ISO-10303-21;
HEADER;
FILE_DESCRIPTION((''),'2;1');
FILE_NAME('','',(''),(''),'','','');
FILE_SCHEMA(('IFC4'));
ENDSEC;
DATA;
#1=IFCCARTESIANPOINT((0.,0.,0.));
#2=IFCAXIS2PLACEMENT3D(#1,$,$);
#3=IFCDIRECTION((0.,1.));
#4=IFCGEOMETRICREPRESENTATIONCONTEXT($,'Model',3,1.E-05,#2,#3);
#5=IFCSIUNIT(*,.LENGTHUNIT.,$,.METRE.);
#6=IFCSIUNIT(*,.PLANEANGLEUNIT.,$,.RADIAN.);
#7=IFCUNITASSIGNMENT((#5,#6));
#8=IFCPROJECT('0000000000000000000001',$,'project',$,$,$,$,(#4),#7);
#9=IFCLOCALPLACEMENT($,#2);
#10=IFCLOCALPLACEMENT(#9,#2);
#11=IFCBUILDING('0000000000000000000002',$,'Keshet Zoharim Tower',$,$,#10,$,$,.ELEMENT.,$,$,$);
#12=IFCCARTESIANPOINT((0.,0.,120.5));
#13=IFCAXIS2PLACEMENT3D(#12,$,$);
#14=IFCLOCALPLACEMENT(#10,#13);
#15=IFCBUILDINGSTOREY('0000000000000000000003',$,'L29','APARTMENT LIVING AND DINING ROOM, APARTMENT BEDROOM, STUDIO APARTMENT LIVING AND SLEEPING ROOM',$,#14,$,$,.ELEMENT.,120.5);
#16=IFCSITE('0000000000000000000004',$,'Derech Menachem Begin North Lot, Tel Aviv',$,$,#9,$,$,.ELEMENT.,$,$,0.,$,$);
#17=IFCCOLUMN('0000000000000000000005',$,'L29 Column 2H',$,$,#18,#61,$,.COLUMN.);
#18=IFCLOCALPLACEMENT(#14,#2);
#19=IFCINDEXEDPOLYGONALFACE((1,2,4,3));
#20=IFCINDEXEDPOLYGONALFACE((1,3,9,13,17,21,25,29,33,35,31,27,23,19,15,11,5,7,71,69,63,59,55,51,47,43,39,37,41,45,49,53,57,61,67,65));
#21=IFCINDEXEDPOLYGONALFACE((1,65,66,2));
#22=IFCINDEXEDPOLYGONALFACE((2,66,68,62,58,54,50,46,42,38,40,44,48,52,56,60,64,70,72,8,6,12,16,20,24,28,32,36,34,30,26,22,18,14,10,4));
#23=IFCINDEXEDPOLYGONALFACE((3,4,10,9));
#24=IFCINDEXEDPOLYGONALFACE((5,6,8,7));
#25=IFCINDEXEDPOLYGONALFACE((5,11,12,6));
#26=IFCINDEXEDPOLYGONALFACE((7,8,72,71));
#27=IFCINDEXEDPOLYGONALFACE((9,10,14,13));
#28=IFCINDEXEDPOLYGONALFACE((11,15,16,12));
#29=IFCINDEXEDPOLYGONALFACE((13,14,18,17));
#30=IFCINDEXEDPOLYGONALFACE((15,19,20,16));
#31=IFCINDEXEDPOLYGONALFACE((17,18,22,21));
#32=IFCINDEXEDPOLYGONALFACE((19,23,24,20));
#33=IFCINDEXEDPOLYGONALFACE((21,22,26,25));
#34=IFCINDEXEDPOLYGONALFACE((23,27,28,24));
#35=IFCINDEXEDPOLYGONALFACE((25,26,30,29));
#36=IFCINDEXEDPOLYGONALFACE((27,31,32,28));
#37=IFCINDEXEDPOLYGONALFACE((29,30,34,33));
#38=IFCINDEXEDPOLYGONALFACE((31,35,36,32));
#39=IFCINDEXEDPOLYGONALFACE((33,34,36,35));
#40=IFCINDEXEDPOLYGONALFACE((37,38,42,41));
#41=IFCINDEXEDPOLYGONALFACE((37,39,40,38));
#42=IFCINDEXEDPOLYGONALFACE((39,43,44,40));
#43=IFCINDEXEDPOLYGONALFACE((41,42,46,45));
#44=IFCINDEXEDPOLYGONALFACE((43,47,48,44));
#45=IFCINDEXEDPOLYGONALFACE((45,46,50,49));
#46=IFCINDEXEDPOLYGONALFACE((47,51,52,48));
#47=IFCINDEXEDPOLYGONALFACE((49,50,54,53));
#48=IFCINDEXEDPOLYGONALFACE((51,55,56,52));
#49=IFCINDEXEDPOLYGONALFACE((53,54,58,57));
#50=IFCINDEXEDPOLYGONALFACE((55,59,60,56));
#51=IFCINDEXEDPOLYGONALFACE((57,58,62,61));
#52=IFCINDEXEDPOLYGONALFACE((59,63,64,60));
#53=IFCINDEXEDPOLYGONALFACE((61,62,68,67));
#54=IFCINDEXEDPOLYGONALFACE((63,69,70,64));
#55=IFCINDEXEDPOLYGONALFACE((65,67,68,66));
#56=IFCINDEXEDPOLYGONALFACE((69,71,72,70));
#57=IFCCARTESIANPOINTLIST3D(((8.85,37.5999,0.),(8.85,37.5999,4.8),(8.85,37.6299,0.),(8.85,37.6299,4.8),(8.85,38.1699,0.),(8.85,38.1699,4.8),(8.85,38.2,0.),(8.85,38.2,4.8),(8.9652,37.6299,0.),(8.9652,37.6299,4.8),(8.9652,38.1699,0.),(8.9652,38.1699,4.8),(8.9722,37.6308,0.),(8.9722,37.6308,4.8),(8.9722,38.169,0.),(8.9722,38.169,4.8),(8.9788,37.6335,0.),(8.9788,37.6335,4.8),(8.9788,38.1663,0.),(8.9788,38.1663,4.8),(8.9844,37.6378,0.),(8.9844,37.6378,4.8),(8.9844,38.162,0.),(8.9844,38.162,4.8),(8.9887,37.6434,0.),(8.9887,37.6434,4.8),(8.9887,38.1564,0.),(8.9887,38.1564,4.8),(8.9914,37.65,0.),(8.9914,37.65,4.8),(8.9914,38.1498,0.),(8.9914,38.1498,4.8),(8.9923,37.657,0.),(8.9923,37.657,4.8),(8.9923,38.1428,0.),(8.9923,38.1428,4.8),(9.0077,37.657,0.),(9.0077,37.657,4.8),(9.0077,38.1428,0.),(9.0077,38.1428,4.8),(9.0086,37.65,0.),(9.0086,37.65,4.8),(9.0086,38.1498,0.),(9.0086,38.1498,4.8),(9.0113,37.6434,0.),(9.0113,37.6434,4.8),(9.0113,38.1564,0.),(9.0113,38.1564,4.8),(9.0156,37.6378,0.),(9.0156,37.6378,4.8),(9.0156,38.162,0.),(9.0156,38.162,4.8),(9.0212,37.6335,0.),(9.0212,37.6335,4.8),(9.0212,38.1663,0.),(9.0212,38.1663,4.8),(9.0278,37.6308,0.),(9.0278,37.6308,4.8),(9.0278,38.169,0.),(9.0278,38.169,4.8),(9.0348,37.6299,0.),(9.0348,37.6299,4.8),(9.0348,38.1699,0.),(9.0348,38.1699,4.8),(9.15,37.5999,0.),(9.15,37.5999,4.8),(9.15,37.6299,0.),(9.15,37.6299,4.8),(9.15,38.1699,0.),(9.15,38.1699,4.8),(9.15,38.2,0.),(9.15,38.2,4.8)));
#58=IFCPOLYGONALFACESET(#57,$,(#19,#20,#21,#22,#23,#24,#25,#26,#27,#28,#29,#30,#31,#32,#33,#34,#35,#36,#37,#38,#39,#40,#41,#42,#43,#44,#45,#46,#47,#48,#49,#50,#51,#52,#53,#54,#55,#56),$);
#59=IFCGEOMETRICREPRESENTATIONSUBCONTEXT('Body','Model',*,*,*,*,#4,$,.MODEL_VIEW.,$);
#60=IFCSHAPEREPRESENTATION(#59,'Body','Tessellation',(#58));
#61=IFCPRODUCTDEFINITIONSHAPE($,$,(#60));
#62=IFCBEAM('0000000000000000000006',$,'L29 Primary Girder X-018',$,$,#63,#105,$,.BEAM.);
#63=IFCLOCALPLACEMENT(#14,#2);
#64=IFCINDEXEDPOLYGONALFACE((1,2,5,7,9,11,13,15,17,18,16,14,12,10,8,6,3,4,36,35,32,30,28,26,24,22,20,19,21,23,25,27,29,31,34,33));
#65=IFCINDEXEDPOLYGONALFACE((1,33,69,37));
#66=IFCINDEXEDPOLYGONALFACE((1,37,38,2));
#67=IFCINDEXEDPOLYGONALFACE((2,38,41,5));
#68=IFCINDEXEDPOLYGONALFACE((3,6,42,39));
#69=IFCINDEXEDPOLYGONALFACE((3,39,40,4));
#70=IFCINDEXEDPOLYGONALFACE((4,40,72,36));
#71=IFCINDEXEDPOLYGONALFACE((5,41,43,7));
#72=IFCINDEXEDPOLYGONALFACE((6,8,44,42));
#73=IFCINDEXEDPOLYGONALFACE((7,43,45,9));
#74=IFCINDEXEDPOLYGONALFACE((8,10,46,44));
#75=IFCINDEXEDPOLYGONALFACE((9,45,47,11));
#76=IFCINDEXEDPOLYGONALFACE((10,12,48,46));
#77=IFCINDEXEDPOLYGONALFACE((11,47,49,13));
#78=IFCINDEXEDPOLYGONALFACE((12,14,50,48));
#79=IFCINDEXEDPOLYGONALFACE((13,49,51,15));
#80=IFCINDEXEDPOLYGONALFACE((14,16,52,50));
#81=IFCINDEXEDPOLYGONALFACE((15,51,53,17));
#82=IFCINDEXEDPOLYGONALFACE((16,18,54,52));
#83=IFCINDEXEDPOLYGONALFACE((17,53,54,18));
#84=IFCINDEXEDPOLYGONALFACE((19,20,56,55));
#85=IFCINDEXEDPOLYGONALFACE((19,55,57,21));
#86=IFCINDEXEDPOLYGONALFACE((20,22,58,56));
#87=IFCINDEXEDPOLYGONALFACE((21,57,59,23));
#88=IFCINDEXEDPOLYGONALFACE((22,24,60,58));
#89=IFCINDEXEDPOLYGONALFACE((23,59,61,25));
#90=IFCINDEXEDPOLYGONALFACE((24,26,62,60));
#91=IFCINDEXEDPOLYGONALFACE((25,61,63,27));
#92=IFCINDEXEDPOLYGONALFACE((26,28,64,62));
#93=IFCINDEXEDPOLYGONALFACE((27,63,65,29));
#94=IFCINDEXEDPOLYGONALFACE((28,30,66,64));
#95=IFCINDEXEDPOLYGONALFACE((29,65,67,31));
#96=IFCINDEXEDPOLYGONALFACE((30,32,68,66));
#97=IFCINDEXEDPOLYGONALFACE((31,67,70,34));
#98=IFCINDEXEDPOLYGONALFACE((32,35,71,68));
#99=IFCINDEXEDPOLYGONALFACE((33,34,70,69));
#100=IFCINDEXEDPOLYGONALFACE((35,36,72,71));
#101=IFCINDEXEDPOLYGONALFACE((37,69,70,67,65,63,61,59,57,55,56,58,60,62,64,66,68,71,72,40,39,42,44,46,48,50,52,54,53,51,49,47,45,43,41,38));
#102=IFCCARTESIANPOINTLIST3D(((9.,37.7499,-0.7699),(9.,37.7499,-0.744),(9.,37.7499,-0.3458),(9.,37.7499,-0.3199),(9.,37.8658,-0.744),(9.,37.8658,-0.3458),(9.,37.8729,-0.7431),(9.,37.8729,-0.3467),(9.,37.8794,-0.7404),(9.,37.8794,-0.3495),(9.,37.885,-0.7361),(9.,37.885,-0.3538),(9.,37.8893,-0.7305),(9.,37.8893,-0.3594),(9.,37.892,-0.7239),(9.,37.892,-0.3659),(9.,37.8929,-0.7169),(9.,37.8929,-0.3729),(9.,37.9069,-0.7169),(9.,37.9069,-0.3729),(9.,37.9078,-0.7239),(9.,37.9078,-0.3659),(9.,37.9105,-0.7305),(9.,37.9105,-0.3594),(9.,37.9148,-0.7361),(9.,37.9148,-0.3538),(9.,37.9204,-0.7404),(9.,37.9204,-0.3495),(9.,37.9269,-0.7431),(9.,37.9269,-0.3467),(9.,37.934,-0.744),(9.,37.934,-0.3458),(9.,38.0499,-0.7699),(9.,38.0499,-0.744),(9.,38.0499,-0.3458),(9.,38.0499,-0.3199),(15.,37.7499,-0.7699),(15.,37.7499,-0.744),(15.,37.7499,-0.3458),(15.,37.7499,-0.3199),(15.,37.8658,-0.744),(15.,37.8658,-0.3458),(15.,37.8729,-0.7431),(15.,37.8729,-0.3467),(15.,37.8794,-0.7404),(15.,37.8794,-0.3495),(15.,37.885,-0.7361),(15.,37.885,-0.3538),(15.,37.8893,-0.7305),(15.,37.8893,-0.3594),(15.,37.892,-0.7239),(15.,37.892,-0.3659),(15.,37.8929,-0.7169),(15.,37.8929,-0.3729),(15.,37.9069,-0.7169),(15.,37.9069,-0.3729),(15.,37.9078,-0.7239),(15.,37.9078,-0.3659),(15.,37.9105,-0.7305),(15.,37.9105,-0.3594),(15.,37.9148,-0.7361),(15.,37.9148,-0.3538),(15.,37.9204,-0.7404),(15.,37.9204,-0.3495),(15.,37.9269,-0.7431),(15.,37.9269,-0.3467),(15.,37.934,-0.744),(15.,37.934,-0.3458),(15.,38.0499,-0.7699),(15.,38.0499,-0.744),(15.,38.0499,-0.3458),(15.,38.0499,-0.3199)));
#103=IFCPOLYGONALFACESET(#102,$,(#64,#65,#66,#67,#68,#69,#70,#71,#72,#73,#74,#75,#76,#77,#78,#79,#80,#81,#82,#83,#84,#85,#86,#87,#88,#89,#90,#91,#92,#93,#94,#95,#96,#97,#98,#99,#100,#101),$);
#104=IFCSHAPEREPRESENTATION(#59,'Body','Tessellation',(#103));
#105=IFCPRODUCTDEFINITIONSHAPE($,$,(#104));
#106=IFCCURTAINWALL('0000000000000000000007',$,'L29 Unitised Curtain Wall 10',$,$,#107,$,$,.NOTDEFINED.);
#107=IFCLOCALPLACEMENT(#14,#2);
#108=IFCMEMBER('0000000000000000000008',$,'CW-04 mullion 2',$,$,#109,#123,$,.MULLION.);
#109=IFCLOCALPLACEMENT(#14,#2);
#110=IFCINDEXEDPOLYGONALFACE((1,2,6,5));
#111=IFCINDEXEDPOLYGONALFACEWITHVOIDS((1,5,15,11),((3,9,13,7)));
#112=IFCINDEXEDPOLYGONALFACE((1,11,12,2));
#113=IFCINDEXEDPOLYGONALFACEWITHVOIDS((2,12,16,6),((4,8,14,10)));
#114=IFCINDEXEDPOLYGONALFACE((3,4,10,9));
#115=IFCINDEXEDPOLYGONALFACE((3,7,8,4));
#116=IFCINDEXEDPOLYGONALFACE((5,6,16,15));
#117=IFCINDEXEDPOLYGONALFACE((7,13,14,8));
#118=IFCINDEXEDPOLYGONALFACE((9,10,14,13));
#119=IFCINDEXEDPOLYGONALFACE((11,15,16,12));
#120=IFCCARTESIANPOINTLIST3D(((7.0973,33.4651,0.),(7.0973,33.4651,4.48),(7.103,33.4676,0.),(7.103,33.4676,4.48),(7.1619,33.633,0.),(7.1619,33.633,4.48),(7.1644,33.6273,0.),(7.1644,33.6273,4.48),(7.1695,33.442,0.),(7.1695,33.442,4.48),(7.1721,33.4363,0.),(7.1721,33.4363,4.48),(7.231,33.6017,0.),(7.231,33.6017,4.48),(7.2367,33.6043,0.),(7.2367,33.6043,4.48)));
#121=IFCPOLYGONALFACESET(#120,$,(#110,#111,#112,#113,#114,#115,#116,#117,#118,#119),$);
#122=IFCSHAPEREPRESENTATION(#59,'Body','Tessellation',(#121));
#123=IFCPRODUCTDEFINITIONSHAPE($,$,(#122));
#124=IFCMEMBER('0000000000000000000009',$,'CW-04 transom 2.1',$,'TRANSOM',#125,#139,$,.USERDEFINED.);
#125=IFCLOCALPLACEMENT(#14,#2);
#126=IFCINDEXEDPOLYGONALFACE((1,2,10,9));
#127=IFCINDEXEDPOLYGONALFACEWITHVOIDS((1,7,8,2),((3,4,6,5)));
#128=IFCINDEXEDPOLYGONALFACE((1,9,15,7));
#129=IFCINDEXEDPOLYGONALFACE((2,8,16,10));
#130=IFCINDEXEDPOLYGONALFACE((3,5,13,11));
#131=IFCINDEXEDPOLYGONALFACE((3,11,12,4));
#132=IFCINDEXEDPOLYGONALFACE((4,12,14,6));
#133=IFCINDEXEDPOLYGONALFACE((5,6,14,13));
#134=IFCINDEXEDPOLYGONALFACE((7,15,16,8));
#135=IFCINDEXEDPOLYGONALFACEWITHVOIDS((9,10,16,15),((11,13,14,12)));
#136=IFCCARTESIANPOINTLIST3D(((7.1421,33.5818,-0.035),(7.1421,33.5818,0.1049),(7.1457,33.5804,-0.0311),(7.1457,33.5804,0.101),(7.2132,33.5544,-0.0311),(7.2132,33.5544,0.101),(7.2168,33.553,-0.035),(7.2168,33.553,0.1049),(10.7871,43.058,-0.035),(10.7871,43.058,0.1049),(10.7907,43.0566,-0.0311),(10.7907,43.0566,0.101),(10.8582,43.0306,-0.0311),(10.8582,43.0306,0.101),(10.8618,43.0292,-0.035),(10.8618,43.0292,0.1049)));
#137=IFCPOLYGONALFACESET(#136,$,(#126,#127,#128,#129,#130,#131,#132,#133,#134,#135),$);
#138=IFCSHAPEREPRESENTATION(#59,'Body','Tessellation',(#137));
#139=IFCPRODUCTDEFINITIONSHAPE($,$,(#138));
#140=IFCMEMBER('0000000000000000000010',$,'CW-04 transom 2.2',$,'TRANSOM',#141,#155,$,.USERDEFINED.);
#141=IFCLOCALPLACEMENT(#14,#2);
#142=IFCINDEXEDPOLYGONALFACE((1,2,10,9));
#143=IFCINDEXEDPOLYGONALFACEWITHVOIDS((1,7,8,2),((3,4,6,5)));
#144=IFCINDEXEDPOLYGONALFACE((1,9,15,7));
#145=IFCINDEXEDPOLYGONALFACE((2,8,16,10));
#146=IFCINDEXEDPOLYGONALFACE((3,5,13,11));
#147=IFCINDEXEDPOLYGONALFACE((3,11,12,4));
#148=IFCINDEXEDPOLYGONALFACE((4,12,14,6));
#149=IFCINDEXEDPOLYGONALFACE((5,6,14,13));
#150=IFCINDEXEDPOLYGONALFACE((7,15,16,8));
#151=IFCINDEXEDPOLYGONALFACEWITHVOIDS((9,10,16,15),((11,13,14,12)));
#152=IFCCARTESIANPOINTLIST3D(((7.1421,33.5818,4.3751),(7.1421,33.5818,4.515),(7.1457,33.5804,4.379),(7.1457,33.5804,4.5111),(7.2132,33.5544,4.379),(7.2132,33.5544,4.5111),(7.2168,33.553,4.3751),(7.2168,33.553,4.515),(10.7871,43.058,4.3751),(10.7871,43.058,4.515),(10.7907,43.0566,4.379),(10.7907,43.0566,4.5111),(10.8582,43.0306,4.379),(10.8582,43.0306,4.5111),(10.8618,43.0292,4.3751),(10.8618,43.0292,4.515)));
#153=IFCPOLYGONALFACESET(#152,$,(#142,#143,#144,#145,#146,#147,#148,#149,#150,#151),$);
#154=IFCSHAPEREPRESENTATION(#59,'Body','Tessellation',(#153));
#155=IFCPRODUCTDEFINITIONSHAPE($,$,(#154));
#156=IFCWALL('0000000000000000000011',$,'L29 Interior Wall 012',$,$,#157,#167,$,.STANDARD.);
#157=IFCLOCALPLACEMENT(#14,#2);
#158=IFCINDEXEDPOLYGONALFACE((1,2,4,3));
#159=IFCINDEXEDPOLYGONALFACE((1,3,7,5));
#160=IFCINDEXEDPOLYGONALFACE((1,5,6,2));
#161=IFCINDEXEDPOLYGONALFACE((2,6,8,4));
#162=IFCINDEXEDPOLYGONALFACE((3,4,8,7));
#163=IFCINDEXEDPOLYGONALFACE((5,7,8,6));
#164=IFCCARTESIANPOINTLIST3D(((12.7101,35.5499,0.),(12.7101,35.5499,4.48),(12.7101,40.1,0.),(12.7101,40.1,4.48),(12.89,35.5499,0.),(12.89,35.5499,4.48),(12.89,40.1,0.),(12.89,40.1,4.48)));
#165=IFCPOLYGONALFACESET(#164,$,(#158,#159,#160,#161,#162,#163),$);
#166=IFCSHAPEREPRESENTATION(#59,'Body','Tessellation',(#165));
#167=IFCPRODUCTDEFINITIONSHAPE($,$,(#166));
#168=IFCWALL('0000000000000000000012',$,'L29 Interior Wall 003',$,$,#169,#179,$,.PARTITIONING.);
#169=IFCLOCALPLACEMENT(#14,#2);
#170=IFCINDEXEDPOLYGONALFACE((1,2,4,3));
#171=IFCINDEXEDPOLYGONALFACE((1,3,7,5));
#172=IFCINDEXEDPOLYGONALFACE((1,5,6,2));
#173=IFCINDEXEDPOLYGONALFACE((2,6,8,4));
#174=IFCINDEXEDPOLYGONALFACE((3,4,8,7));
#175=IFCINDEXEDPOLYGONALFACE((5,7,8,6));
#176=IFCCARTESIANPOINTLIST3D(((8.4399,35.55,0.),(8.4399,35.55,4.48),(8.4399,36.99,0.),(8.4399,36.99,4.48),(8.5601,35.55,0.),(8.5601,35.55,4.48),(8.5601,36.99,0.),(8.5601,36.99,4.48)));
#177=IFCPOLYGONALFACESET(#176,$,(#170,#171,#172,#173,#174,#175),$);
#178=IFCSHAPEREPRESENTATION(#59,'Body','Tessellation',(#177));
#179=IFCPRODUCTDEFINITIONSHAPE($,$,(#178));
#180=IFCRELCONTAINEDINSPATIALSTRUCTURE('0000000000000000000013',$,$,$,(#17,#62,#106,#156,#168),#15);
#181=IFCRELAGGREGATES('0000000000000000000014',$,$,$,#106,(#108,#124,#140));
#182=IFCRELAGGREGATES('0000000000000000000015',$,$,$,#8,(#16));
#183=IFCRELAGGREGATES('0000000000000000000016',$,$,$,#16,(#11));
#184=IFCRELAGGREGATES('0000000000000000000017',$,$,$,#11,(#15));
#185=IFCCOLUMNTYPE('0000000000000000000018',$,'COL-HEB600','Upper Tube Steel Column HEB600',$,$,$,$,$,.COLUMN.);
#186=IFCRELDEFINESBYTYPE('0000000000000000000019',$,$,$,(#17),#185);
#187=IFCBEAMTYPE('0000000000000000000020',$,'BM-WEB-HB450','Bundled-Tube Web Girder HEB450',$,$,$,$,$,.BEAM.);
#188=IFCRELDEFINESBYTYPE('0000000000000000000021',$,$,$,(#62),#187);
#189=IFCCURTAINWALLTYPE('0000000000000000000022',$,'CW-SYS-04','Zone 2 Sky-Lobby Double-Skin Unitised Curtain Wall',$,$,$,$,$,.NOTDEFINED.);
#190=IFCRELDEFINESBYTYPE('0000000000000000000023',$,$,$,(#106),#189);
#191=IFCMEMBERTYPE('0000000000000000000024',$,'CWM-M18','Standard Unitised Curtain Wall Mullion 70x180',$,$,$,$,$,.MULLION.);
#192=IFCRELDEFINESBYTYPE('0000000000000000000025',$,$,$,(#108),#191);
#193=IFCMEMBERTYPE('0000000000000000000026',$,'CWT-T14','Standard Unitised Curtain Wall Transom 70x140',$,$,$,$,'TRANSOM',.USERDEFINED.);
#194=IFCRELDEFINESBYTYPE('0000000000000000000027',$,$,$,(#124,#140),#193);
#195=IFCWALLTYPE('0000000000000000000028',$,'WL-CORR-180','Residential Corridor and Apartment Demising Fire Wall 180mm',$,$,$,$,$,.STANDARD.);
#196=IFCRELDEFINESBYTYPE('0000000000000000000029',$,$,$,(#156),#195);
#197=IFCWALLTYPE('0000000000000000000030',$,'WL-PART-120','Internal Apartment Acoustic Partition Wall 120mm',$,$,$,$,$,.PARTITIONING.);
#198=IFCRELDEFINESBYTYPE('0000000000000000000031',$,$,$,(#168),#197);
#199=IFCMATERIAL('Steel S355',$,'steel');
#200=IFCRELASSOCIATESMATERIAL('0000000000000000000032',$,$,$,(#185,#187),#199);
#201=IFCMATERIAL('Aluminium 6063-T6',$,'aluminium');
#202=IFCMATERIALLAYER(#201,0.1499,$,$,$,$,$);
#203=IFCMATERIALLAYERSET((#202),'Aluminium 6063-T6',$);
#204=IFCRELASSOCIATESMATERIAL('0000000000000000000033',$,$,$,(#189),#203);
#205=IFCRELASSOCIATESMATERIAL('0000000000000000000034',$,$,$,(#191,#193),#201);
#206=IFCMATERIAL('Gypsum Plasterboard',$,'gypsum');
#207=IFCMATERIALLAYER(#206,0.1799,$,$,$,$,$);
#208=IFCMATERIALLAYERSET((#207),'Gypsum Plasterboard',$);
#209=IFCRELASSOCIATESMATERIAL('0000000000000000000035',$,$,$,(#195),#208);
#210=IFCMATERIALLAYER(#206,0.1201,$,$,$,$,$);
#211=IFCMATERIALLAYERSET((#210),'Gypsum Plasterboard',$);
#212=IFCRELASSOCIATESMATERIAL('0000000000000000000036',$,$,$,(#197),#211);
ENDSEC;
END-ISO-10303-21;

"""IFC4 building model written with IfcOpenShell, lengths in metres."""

from ifc_helpers import new_model, si_unit, direction, frame, frame_2d, origin, origin_2d, place, context, subcontext, project, spatial, rectangle, hollow_rectangle, i_section, extrude, material, layer, layer_set, material_profile, profile_set, type_object, element, aggregate, save


model = new_model("IFC4")

# Units and contexts
model_context = context("Model", 3, precision=1e-05, world=origin(), true_north=direction((0.0, 1.0)))
body_context = subcontext(model_context, "Body", "Model", "MODEL_VIEW")
ifc_project = project(units=[si_unit("LENGTHUNIT", "METRE"), si_unit("PLANEANGLEUNIT", "RADIAN")], contexts=[model_context])

# Site, building, storey
site_placement = place(None, origin())
site = spatial("IfcSite", under=ifc_project, at=site_placement, Name="Derech Menachem Begin North Lot, Tel Aviv", CompositionType="ELEMENT", RefElevation=0.0)
building_placement = place(site_placement, origin())
building = spatial("IfcBuilding", under=site, at=building_placement, Name="Keshet Zoharim Tower", CompositionType="ELEMENT")
storey_placement = place(building_placement, frame((0.0, 0.0, 120.5)))
storey = spatial("IfcBuildingStorey", under=building, at=storey_placement, Name="L29", Description="APARTMENT LIVING AND DINING ROOM, APARTMENT BEDROOM, STUDIO APARTMENT LIVING AND SLEEPING ROOM", CompositionType="ELEMENT", Elevation=120.5)

# Column
ifc_material_1 = material(Name="Steel S355", Category="steel")
ifc_material_profile_1 = material_profile(ifc_material_1, i_section(OverallWidth=0.3, OverallDepth=0.6001, WebThickness=0.0154, FlangeThickness=0.03, FilletRadius=0.0271, at=origin_2d()), Name="HEB600")
ifc_profile_set_1 = profile_set([ifc_material_profile_1], Name="Steel S355")
column_type = type_object("IfcColumnType", Name="COL-HEB600", Description="Upper Tube Steel Column HEB600", PredefinedType="COLUMN", material=ifc_profile_set_1)
column_placement = place(storey_placement, frame((9.0, 37.8999, 0.0), z_axis=(0.0, 0.0, 1.0), x_axis=(1.0, 0.0, 0.0)))
element("IfcColumn", 1, at=column_placement, inside=storey, type_object=column_type, Name="L29 Column 2H", PredefinedType="COLUMN", context=body_context, shape_type="SweptSolid", body=[
    extrude(i_section(OverallWidth=0.3, OverallDepth=0.6001, WebThickness=0.0154, FlangeThickness=0.03, FilletRadius=0.0271, at=origin_2d()), origin(), (0.0, 0.0, 1.0), 4.8),
])

# Beam
ifc_material_profile_2 = material_profile(ifc_material_1, i_section(OverallWidth=0.3, OverallDepth=0.45, WebThickness=0.0139, FlangeThickness=0.0259, FilletRadius=0.0271, at=origin_2d()), Name="HEB450")
ifc_profile_set_2 = profile_set([ifc_material_profile_2], Name="Steel S355")
beam_type = type_object("IfcBeamType", Name="BM-WEB-HB450", Description="Bundled-Tube Web Girder HEB450", PredefinedType="BEAM", material=ifc_profile_set_2)
beam_placement = place(storey_placement, frame((9.0, 37.8999, -0.5449), z_axis=(1.0, 0.0, 0.0), x_axis=(0.0, 1.0, 0.0)))
element("IfcBeam", 2, at=beam_placement, inside=storey, type_object=beam_type, Name="L29 Primary Girder X-018", PredefinedType="BEAM", context=body_context, shape_type="SweptSolid", body=[
    extrude(i_section(OverallWidth=0.3, OverallDepth=0.45, WebThickness=0.0139, FlangeThickness=0.0259, FilletRadius=0.0271, at=origin_2d()), origin(), (0.0, 0.0, 1.0), 6.0),
])

# Curtain wall, members
ifc_material_2 = material(Name="Aluminium 6063-T6", Category="aluminium")
ifc_layer_1 = layer(ifc_material_2, 0.1499)
ifc_layer_set_1 = layer_set([ifc_layer_1], Name="Aluminium 6063-T6")
curtain_wall_type = type_object("IfcCurtainWallType", Name="CW-SYS-04", Description="Zone 2 Sky-Lobby Double-Skin Unitised Curtain Wall", PredefinedType="NOTDEFINED", material=ifc_layer_set_1)
curtain_wall_placement = place(storey_placement, origin())
curtain_wall = element("IfcCurtainWall", 3, at=curtain_wall_placement, inside=storey, type_object=curtain_wall_type, Name="L29 Unitised Curtain Wall 10", PredefinedType="NOTDEFINED")
ifc_material_profile_3 = material_profile(ifc_material_2, hollow_rectangle(XDim=0.0801, YDim=0.1799, WallThickness=0.0044, at=origin_2d()), Name="MUL-80x180")
ifc_profile_set_3 = profile_set([ifc_material_profile_3], Name="Aluminium 6063-T6")
member_type_1 = type_object("IfcMemberType", Name="CWM-M18", Description="Standard Unitised Curtain Wall Mullion 70x180", PredefinedType="MULLION", material=ifc_profile_set_3)
member_1_placement = place(storey_placement, frame((7.167, 33.5347, 0.0), z_axis=(0.0, 0.0, 1.0), x_axis=(-0.933341, 0.35899, 0.0)))
member_1 = element("IfcMember", 4, at=member_1_placement, type_object=member_type_1, Name="CW-04 mullion 2", PredefinedType="MULLION", context=body_context, shape_type="SweptSolid", body=[
    extrude(hollow_rectangle(XDim=0.0801, YDim=0.1799, WallThickness=0.0044, at=origin_2d()), origin(), (0.0, 0.0, 1.0), 4.48),
])
ifc_material_profile_4 = material_profile(ifc_material_2, hollow_rectangle(XDim=0.0801, YDim=0.1399, WallThickness=0.0039, at=origin_2d()), Name="TRN-80x140")
ifc_profile_set_4 = profile_set([ifc_material_profile_4], Name="Aluminium 6063-T6")
member_type_2 = type_object("IfcMemberType", Name="CWT-T14", Description="Standard Unitised Curtain Wall Transom 70x140", ElementType="TRANSOM", PredefinedType="USERDEFINED", material=ifc_profile_set_4)
member_2_placement = place(storey_placement, frame((7.1794, 33.5674, 0.0349), z_axis=(0.359003, 0.933336, 0.0), x_axis=(-0.933336, 0.359003, 0.0)))
member_2 = element("IfcMember", 5, at=member_2_placement, type_object=member_type_2, Name="CW-04 transom 2.1", ObjectType="TRANSOM", PredefinedType="USERDEFINED", context=body_context, shape_type="SweptSolid", body=[
    extrude(hollow_rectangle(XDim=0.0801, YDim=0.1399, WallThickness=0.0039, at=origin_2d()), origin(), (0.0, 0.0, 1.0), 10.1531),
])
member_3_placement = place(storey_placement, frame((7.1794, 33.5674, 4.4451), z_axis=(0.359003, 0.933336, 0.0), x_axis=(-0.933336, 0.359003, 0.0)))
member_3 = element("IfcMember", 6, at=member_3_placement, type_object=member_type_2, Name="CW-04 transom 2.2", ObjectType="TRANSOM", PredefinedType="USERDEFINED", context=body_context, shape_type="SweptSolid", body=[
    extrude(hollow_rectangle(XDim=0.0801, YDim=0.1399, WallThickness=0.0039, at=origin_2d()), origin(), (0.0, 0.0, 1.0), 10.1531),
])
aggregate(curtain_wall, [member_1, member_2, member_3])

# Shared definitions
ifc_material_3 = material(Name="Gypsum Plasterboard", Category="gypsum")
ifc_layer_2 = layer(ifc_material_3, 0.1799)
ifc_layer_set_2 = layer_set([ifc_layer_2], Name="Gypsum Plasterboard")
wall_type_1 = type_object("IfcWallType", Name="WL-CORR-180", Description="Residential Corridor and Apartment Demising Fire Wall 180mm", PredefinedType="STANDARD", material=ifc_layer_set_2)

# Walls
wall_1_placement = place(storey_placement, frame((12.8, 35.55, 0.0), z_axis=(0.0, 0.0, 1.0), x_axis=(0.0, 1.0, 0.0)))
element("IfcWall", 7, at=wall_1_placement, inside=storey, type_object=wall_type_1, Name="L29 Interior Wall 012", PredefinedType="STANDARD", context=body_context, shape_type="SweptSolid", body=[
    extrude(rectangle(XDim=4.55, YDim=0.1799, at=frame_2d((2.2749, 0.0))), origin(), (0.0, 0.0, 1.0), 4.48),
])
ifc_layer_3 = layer(ifc_material_3, 0.1201)
ifc_layer_set_3 = layer_set([ifc_layer_3], Name="Gypsum Plasterboard")
wall_type_2 = type_object("IfcWallType", Name="WL-PART-120", Description="Internal Apartment Acoustic Partition Wall 120mm", PredefinedType="PARTITIONING", material=ifc_layer_set_3)
wall_2_placement = place(storey_placement, frame((8.5, 35.55, 0.0), z_axis=(0.0, 0.0, 1.0), x_axis=(0.0, 1.0, 0.0)))
element("IfcWall", 8, at=wall_2_placement, inside=storey, type_object=wall_type_2, Name="L29 Interior Wall 003", PredefinedType="PARTITIONING", context=body_context, shape_type="SweptSolid", body=[
    extrude(rectangle(XDim=1.4399, YDim=0.1201, at=frame_2d((0.72, 0.0))), origin(), (0.0, 0.0, 1.0), 4.48),
])

save(model, "model.ifc")
